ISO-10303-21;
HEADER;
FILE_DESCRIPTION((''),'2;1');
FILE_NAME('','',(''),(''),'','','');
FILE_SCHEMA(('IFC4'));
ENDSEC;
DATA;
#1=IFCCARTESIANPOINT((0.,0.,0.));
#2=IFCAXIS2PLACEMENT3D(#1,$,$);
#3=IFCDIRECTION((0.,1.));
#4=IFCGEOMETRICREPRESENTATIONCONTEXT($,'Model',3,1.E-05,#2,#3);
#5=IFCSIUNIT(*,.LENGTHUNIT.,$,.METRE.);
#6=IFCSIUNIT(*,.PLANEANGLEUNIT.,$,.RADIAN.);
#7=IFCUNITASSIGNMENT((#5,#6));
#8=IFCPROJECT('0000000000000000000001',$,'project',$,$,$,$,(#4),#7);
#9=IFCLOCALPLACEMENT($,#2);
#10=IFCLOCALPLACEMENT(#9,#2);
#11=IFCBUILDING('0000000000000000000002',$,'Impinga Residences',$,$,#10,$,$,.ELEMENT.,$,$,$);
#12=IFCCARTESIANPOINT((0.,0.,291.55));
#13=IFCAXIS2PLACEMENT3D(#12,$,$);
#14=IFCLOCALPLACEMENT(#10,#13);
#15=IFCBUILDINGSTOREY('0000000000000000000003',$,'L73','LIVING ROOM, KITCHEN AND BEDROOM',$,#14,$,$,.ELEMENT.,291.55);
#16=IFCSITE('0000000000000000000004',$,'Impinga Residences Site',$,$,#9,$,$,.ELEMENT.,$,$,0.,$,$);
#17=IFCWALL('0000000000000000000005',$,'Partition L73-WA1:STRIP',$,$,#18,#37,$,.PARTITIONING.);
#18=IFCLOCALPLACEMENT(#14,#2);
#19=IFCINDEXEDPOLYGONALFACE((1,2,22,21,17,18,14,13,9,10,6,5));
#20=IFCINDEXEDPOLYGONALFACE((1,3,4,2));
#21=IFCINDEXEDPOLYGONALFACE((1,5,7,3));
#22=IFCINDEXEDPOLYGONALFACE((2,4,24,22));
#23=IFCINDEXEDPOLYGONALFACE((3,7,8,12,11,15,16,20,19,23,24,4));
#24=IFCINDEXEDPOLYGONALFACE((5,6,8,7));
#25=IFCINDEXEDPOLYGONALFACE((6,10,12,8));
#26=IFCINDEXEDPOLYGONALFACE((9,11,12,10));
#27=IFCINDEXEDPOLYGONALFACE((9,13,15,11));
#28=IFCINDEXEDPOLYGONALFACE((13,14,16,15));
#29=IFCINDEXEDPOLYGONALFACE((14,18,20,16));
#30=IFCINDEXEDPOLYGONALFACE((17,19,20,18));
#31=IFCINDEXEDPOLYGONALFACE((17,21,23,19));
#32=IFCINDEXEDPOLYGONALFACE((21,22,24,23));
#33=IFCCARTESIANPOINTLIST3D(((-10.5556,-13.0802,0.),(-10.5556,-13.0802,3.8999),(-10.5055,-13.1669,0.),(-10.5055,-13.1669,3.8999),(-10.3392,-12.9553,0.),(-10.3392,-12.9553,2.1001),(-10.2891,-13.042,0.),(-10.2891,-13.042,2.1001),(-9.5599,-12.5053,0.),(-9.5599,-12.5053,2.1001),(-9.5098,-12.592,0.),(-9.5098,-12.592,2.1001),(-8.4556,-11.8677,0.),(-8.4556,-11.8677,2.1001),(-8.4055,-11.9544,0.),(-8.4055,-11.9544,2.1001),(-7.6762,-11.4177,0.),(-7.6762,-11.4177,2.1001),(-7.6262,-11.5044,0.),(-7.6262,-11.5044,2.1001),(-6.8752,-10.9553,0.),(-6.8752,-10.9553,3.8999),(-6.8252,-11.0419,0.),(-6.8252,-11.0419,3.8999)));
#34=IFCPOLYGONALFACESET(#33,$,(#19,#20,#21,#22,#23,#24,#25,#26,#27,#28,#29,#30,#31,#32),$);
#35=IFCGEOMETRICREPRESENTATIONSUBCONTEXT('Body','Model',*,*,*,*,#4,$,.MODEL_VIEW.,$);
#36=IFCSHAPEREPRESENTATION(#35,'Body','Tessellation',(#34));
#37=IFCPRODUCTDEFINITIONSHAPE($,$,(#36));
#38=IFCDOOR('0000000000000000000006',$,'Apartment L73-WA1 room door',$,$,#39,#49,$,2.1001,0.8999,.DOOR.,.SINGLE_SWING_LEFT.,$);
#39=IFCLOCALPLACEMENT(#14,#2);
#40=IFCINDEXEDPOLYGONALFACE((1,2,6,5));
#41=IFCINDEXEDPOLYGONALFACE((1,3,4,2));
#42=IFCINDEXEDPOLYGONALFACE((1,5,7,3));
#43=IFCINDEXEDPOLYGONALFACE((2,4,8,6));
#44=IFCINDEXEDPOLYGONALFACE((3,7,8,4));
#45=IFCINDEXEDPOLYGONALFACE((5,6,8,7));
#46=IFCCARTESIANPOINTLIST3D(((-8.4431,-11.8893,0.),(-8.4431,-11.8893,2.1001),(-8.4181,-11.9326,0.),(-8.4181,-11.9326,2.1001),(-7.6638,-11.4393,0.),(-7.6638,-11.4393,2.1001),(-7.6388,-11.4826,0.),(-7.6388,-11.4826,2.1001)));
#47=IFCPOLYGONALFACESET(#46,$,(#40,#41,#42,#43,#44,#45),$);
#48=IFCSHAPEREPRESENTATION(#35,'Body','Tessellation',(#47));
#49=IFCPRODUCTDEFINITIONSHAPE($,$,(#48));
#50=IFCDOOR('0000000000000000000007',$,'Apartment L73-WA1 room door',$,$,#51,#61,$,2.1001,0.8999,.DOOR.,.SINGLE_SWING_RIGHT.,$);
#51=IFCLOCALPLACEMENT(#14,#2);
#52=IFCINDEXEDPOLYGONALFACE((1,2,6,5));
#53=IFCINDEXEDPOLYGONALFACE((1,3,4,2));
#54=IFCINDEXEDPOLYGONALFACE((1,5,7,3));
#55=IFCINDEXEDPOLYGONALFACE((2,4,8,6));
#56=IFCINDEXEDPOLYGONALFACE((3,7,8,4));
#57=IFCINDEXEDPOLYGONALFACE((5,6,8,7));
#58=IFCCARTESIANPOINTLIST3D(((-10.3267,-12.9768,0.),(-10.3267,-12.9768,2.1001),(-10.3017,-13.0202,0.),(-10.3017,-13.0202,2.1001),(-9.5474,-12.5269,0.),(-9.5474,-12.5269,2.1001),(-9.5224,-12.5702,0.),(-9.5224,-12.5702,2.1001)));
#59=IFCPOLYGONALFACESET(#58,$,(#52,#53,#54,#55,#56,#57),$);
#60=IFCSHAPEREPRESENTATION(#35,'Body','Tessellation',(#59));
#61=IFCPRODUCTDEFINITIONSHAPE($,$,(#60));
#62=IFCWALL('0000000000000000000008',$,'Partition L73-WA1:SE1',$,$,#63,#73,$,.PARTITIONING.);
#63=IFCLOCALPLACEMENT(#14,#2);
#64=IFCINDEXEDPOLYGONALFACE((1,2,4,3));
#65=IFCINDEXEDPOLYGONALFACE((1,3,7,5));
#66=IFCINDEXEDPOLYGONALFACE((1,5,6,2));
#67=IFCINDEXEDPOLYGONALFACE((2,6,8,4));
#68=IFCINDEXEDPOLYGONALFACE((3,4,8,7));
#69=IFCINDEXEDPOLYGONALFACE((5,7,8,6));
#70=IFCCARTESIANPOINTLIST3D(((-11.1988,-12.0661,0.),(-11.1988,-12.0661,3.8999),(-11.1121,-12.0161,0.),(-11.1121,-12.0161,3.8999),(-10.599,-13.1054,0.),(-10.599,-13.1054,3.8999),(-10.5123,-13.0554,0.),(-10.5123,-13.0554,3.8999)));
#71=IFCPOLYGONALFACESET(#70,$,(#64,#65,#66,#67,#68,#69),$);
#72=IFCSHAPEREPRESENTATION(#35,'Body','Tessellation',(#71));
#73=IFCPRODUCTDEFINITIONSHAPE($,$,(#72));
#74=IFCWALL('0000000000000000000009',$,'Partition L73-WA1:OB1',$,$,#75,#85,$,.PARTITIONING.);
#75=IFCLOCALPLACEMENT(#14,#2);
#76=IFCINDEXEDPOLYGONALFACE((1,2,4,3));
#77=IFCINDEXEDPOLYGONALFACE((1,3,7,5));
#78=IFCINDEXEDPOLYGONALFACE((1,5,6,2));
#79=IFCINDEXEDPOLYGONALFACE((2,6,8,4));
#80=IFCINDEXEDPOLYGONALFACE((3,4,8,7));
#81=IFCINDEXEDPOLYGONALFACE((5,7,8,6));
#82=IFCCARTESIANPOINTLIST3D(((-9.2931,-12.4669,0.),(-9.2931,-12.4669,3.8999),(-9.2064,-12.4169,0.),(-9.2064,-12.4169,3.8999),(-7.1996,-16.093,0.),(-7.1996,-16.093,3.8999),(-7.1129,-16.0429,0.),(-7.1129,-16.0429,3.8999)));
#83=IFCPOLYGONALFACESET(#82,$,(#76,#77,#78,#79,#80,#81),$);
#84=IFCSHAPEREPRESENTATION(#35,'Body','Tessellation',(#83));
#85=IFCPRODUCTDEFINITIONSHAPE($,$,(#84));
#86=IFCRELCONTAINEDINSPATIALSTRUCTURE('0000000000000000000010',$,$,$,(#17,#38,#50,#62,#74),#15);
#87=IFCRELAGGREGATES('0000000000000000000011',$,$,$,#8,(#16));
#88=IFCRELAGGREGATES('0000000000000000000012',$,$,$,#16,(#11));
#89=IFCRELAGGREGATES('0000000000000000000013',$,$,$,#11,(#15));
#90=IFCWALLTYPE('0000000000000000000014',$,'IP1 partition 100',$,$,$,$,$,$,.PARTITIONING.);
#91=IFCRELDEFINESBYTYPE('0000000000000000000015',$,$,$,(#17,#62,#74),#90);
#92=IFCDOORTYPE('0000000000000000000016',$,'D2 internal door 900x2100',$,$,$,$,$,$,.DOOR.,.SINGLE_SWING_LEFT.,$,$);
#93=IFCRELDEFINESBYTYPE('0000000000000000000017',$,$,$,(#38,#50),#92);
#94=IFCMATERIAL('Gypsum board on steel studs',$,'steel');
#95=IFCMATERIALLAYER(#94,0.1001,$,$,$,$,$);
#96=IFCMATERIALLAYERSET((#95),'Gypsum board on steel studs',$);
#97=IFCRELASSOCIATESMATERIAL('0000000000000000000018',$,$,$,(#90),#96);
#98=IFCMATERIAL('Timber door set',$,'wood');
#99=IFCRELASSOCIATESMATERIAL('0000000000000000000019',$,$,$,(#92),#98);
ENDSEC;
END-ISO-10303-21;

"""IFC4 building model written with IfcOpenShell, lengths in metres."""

from ifc_helpers import new_model, si_unit, direction, frame, frame_2d, origin, place, context, subcontext, project, spatial, rectangle, extrude, material, layer, layer_set, type_object, element, fill, save


model = new_model("IFC4")

# Units and contexts
model_context = context("Model", 3, precision=1e-05, world=origin(), true_north=direction((0.0, 1.0)))
body_context = subcontext(model_context, "Body", "Model", "MODEL_VIEW")
ifc_project = project(units=[si_unit("LENGTHUNIT", "METRE"), si_unit("PLANEANGLEUNIT", "RADIAN")], contexts=[model_context])

# Site, building, storey
site_placement = place(None, origin())
site = spatial("IfcSite", under=ifc_project, at=site_placement, Name="Impinga Residences Site", CompositionType="ELEMENT", RefElevation=0.0)
building_placement = place(site_placement, origin())
building = spatial("IfcBuilding", under=site, at=building_placement, Name="Impinga Residences", CompositionType="ELEMENT")
storey_placement = place(building_placement, frame((0.0, 0.0, 291.55)))
storey = spatial("IfcBuildingStorey", under=building, at=storey_placement, Name="L73", Description="LIVING ROOM, KITCHEN AND BEDROOM", CompositionType="ELEMENT", Elevation=291.55)

# Shared definitions
ifc_material_1 = material(Name="Gypsum board on steel studs", Category="steel")
ifc_layer_1 = layer(ifc_material_1, 0.1001)
ifc_layer_set_1 = layer_set([ifc_layer_1], Name="Gypsum board on steel studs")
wall_type_1 = type_object("IfcWallType", Name="IP1 partition 100", PredefinedType="PARTITIONING", material=ifc_layer_set_1)

# Wall, openings, doors
wall_1_placement = place(storey_placement, frame((-6.8501, -10.9985, 0.0), z_axis=(0.0, 0.0, 1.0), x_axis=(-0.866014, -0.500019, 0.0)))
wall_1 = element("IfcWall", 1, at=wall_1_placement, inside=storey, type_object=wall_type_1, Name="Partition L73-WA1:STRIP", PredefinedType="PARTITIONING", context=body_context, shape_type="SweptSolid", body=[
    extrude(rectangle(XDim=4.2498, YDim=0.1001, at=frame_2d((2.125, 0.0))), origin(), (0.0, 0.0, 1.0), 3.8999),
])
opening_1_placement = place(wall_1_placement, frame((0.925, 0.0, 0.0)))
opening_1 = element("IfcOpeningElement", 2, at=opening_1_placement, cuts=wall_1, PredefinedType="OPENING", context=body_context, shape_type="SweptSolid", body=[
    extrude(rectangle(XDim=0.8999, YDim=2.1001, at=frame_2d((0.45, 1.05))), frame((0.0, 0.0601, 0.0), z_axis=(0.0, -1.0, 0.0), x_axis=(1.0, 0.0, 0.0)), (0.0, 0.0, 1.0), 0.1201),
])
opening_2_placement = place(wall_1_placement, frame((3.1001, 0.0, 0.0)))
opening_2 = element("IfcOpeningElement", 3, at=opening_2_placement, cuts=wall_1, PredefinedType="OPENING", context=body_context, shape_type="SweptSolid", body=[
    extrude(rectangle(XDim=0.8999, YDim=2.1001, at=frame_2d((0.45, 1.05))), frame((0.0, 0.0601, 0.0), z_axis=(0.0, -1.0, 0.0), x_axis=(1.0, 0.0, 0.0)), (0.0, 0.0, 1.0), 0.1201),
])
ifc_material_2 = material(Name="Timber door set", Category="wood")
door_type = type_object("IfcDoorType", Name="D2 internal door 900x2100", OperationType="SINGLE_SWING_LEFT", PredefinedType="DOOR", material=ifc_material_2)
door_1_placement = place(opening_1_placement, origin())
door_1 = element("IfcDoor", 4, at=door_1_placement, inside=storey, type_object=door_type, Name="Apartment L73-WA1 room door", OperationType="SINGLE_SWING_LEFT", OverallHeight=2.1001, OverallWidth=0.8999, PredefinedType="DOOR", context=body_context, shape_type="SweptSolid", body=[
    extrude(rectangle(XDim=0.8999, YDim=2.1001, at=frame_2d((0.45, 1.05))), frame((0.0, 0.0249, 0.0), z_axis=(0.0, -1.0, 0.0), x_axis=(1.0, 0.0, 0.0)), (0.0, 0.0, 1.0), 0.05),
])
fill(opening_1, door_1)
door_2_placement = place(opening_2_placement, origin())
door_2 = element("IfcDoor", 5, at=door_2_placement, inside=storey, type_object=door_type, Name="Apartment L73-WA1 room door", OperationType="SINGLE_SWING_RIGHT", OverallHeight=2.1001, OverallWidth=0.8999, PredefinedType="DOOR", context=body_context, shape_type="SweptSolid", body=[
    extrude(rectangle(XDim=0.8999, YDim=2.1001, at=frame_2d((0.45, 1.05))), frame((0.0, 0.0249, 0.0), z_axis=(0.0, -1.0, 0.0), x_axis=(1.0, 0.0, 0.0)), (0.0, 0.0, 1.0), 0.05),
])
fill(opening_2, door_2)

# Walls
wall_2_placement = place(storey_placement, frame((-11.1555, -12.041, 0.0), z_axis=(0.0, 0.0, 1.0), x_axis=(0.499881, -0.866094, 0.0)))
element("IfcWall", 6, at=wall_2_placement, inside=storey, type_object=wall_type_1, Name="Partition L73-WA1:SE1", PredefinedType="PARTITIONING", context=body_context, shape_type="SweptSolid", body=[
    extrude(rectangle(XDim=1.2, YDim=0.1001, at=frame_2d((0.6001, 0.0))), origin(), (0.0, 0.0, 1.0), 3.8999),
])
wall_3_placement = place(storey_placement, frame((-9.2498, -12.4419, 0.0), z_axis=(0.0, 0.0, 1.0), x_axis=(0.500008, -0.866021, 0.0)))
element("IfcWall", 7, at=wall_3_placement, inside=storey, type_object=wall_type_1, Name="Partition L73-WA1:OB1", PredefinedType="PARTITIONING", context=body_context, shape_type="SweptSolid", body=[
    extrude(rectangle(XDim=4.187, YDim=0.1001, at=frame_2d((2.0935, 0.0))), origin(), (0.0, 0.0, 1.0), 3.8999),
])

save(model, "model.ifc")
